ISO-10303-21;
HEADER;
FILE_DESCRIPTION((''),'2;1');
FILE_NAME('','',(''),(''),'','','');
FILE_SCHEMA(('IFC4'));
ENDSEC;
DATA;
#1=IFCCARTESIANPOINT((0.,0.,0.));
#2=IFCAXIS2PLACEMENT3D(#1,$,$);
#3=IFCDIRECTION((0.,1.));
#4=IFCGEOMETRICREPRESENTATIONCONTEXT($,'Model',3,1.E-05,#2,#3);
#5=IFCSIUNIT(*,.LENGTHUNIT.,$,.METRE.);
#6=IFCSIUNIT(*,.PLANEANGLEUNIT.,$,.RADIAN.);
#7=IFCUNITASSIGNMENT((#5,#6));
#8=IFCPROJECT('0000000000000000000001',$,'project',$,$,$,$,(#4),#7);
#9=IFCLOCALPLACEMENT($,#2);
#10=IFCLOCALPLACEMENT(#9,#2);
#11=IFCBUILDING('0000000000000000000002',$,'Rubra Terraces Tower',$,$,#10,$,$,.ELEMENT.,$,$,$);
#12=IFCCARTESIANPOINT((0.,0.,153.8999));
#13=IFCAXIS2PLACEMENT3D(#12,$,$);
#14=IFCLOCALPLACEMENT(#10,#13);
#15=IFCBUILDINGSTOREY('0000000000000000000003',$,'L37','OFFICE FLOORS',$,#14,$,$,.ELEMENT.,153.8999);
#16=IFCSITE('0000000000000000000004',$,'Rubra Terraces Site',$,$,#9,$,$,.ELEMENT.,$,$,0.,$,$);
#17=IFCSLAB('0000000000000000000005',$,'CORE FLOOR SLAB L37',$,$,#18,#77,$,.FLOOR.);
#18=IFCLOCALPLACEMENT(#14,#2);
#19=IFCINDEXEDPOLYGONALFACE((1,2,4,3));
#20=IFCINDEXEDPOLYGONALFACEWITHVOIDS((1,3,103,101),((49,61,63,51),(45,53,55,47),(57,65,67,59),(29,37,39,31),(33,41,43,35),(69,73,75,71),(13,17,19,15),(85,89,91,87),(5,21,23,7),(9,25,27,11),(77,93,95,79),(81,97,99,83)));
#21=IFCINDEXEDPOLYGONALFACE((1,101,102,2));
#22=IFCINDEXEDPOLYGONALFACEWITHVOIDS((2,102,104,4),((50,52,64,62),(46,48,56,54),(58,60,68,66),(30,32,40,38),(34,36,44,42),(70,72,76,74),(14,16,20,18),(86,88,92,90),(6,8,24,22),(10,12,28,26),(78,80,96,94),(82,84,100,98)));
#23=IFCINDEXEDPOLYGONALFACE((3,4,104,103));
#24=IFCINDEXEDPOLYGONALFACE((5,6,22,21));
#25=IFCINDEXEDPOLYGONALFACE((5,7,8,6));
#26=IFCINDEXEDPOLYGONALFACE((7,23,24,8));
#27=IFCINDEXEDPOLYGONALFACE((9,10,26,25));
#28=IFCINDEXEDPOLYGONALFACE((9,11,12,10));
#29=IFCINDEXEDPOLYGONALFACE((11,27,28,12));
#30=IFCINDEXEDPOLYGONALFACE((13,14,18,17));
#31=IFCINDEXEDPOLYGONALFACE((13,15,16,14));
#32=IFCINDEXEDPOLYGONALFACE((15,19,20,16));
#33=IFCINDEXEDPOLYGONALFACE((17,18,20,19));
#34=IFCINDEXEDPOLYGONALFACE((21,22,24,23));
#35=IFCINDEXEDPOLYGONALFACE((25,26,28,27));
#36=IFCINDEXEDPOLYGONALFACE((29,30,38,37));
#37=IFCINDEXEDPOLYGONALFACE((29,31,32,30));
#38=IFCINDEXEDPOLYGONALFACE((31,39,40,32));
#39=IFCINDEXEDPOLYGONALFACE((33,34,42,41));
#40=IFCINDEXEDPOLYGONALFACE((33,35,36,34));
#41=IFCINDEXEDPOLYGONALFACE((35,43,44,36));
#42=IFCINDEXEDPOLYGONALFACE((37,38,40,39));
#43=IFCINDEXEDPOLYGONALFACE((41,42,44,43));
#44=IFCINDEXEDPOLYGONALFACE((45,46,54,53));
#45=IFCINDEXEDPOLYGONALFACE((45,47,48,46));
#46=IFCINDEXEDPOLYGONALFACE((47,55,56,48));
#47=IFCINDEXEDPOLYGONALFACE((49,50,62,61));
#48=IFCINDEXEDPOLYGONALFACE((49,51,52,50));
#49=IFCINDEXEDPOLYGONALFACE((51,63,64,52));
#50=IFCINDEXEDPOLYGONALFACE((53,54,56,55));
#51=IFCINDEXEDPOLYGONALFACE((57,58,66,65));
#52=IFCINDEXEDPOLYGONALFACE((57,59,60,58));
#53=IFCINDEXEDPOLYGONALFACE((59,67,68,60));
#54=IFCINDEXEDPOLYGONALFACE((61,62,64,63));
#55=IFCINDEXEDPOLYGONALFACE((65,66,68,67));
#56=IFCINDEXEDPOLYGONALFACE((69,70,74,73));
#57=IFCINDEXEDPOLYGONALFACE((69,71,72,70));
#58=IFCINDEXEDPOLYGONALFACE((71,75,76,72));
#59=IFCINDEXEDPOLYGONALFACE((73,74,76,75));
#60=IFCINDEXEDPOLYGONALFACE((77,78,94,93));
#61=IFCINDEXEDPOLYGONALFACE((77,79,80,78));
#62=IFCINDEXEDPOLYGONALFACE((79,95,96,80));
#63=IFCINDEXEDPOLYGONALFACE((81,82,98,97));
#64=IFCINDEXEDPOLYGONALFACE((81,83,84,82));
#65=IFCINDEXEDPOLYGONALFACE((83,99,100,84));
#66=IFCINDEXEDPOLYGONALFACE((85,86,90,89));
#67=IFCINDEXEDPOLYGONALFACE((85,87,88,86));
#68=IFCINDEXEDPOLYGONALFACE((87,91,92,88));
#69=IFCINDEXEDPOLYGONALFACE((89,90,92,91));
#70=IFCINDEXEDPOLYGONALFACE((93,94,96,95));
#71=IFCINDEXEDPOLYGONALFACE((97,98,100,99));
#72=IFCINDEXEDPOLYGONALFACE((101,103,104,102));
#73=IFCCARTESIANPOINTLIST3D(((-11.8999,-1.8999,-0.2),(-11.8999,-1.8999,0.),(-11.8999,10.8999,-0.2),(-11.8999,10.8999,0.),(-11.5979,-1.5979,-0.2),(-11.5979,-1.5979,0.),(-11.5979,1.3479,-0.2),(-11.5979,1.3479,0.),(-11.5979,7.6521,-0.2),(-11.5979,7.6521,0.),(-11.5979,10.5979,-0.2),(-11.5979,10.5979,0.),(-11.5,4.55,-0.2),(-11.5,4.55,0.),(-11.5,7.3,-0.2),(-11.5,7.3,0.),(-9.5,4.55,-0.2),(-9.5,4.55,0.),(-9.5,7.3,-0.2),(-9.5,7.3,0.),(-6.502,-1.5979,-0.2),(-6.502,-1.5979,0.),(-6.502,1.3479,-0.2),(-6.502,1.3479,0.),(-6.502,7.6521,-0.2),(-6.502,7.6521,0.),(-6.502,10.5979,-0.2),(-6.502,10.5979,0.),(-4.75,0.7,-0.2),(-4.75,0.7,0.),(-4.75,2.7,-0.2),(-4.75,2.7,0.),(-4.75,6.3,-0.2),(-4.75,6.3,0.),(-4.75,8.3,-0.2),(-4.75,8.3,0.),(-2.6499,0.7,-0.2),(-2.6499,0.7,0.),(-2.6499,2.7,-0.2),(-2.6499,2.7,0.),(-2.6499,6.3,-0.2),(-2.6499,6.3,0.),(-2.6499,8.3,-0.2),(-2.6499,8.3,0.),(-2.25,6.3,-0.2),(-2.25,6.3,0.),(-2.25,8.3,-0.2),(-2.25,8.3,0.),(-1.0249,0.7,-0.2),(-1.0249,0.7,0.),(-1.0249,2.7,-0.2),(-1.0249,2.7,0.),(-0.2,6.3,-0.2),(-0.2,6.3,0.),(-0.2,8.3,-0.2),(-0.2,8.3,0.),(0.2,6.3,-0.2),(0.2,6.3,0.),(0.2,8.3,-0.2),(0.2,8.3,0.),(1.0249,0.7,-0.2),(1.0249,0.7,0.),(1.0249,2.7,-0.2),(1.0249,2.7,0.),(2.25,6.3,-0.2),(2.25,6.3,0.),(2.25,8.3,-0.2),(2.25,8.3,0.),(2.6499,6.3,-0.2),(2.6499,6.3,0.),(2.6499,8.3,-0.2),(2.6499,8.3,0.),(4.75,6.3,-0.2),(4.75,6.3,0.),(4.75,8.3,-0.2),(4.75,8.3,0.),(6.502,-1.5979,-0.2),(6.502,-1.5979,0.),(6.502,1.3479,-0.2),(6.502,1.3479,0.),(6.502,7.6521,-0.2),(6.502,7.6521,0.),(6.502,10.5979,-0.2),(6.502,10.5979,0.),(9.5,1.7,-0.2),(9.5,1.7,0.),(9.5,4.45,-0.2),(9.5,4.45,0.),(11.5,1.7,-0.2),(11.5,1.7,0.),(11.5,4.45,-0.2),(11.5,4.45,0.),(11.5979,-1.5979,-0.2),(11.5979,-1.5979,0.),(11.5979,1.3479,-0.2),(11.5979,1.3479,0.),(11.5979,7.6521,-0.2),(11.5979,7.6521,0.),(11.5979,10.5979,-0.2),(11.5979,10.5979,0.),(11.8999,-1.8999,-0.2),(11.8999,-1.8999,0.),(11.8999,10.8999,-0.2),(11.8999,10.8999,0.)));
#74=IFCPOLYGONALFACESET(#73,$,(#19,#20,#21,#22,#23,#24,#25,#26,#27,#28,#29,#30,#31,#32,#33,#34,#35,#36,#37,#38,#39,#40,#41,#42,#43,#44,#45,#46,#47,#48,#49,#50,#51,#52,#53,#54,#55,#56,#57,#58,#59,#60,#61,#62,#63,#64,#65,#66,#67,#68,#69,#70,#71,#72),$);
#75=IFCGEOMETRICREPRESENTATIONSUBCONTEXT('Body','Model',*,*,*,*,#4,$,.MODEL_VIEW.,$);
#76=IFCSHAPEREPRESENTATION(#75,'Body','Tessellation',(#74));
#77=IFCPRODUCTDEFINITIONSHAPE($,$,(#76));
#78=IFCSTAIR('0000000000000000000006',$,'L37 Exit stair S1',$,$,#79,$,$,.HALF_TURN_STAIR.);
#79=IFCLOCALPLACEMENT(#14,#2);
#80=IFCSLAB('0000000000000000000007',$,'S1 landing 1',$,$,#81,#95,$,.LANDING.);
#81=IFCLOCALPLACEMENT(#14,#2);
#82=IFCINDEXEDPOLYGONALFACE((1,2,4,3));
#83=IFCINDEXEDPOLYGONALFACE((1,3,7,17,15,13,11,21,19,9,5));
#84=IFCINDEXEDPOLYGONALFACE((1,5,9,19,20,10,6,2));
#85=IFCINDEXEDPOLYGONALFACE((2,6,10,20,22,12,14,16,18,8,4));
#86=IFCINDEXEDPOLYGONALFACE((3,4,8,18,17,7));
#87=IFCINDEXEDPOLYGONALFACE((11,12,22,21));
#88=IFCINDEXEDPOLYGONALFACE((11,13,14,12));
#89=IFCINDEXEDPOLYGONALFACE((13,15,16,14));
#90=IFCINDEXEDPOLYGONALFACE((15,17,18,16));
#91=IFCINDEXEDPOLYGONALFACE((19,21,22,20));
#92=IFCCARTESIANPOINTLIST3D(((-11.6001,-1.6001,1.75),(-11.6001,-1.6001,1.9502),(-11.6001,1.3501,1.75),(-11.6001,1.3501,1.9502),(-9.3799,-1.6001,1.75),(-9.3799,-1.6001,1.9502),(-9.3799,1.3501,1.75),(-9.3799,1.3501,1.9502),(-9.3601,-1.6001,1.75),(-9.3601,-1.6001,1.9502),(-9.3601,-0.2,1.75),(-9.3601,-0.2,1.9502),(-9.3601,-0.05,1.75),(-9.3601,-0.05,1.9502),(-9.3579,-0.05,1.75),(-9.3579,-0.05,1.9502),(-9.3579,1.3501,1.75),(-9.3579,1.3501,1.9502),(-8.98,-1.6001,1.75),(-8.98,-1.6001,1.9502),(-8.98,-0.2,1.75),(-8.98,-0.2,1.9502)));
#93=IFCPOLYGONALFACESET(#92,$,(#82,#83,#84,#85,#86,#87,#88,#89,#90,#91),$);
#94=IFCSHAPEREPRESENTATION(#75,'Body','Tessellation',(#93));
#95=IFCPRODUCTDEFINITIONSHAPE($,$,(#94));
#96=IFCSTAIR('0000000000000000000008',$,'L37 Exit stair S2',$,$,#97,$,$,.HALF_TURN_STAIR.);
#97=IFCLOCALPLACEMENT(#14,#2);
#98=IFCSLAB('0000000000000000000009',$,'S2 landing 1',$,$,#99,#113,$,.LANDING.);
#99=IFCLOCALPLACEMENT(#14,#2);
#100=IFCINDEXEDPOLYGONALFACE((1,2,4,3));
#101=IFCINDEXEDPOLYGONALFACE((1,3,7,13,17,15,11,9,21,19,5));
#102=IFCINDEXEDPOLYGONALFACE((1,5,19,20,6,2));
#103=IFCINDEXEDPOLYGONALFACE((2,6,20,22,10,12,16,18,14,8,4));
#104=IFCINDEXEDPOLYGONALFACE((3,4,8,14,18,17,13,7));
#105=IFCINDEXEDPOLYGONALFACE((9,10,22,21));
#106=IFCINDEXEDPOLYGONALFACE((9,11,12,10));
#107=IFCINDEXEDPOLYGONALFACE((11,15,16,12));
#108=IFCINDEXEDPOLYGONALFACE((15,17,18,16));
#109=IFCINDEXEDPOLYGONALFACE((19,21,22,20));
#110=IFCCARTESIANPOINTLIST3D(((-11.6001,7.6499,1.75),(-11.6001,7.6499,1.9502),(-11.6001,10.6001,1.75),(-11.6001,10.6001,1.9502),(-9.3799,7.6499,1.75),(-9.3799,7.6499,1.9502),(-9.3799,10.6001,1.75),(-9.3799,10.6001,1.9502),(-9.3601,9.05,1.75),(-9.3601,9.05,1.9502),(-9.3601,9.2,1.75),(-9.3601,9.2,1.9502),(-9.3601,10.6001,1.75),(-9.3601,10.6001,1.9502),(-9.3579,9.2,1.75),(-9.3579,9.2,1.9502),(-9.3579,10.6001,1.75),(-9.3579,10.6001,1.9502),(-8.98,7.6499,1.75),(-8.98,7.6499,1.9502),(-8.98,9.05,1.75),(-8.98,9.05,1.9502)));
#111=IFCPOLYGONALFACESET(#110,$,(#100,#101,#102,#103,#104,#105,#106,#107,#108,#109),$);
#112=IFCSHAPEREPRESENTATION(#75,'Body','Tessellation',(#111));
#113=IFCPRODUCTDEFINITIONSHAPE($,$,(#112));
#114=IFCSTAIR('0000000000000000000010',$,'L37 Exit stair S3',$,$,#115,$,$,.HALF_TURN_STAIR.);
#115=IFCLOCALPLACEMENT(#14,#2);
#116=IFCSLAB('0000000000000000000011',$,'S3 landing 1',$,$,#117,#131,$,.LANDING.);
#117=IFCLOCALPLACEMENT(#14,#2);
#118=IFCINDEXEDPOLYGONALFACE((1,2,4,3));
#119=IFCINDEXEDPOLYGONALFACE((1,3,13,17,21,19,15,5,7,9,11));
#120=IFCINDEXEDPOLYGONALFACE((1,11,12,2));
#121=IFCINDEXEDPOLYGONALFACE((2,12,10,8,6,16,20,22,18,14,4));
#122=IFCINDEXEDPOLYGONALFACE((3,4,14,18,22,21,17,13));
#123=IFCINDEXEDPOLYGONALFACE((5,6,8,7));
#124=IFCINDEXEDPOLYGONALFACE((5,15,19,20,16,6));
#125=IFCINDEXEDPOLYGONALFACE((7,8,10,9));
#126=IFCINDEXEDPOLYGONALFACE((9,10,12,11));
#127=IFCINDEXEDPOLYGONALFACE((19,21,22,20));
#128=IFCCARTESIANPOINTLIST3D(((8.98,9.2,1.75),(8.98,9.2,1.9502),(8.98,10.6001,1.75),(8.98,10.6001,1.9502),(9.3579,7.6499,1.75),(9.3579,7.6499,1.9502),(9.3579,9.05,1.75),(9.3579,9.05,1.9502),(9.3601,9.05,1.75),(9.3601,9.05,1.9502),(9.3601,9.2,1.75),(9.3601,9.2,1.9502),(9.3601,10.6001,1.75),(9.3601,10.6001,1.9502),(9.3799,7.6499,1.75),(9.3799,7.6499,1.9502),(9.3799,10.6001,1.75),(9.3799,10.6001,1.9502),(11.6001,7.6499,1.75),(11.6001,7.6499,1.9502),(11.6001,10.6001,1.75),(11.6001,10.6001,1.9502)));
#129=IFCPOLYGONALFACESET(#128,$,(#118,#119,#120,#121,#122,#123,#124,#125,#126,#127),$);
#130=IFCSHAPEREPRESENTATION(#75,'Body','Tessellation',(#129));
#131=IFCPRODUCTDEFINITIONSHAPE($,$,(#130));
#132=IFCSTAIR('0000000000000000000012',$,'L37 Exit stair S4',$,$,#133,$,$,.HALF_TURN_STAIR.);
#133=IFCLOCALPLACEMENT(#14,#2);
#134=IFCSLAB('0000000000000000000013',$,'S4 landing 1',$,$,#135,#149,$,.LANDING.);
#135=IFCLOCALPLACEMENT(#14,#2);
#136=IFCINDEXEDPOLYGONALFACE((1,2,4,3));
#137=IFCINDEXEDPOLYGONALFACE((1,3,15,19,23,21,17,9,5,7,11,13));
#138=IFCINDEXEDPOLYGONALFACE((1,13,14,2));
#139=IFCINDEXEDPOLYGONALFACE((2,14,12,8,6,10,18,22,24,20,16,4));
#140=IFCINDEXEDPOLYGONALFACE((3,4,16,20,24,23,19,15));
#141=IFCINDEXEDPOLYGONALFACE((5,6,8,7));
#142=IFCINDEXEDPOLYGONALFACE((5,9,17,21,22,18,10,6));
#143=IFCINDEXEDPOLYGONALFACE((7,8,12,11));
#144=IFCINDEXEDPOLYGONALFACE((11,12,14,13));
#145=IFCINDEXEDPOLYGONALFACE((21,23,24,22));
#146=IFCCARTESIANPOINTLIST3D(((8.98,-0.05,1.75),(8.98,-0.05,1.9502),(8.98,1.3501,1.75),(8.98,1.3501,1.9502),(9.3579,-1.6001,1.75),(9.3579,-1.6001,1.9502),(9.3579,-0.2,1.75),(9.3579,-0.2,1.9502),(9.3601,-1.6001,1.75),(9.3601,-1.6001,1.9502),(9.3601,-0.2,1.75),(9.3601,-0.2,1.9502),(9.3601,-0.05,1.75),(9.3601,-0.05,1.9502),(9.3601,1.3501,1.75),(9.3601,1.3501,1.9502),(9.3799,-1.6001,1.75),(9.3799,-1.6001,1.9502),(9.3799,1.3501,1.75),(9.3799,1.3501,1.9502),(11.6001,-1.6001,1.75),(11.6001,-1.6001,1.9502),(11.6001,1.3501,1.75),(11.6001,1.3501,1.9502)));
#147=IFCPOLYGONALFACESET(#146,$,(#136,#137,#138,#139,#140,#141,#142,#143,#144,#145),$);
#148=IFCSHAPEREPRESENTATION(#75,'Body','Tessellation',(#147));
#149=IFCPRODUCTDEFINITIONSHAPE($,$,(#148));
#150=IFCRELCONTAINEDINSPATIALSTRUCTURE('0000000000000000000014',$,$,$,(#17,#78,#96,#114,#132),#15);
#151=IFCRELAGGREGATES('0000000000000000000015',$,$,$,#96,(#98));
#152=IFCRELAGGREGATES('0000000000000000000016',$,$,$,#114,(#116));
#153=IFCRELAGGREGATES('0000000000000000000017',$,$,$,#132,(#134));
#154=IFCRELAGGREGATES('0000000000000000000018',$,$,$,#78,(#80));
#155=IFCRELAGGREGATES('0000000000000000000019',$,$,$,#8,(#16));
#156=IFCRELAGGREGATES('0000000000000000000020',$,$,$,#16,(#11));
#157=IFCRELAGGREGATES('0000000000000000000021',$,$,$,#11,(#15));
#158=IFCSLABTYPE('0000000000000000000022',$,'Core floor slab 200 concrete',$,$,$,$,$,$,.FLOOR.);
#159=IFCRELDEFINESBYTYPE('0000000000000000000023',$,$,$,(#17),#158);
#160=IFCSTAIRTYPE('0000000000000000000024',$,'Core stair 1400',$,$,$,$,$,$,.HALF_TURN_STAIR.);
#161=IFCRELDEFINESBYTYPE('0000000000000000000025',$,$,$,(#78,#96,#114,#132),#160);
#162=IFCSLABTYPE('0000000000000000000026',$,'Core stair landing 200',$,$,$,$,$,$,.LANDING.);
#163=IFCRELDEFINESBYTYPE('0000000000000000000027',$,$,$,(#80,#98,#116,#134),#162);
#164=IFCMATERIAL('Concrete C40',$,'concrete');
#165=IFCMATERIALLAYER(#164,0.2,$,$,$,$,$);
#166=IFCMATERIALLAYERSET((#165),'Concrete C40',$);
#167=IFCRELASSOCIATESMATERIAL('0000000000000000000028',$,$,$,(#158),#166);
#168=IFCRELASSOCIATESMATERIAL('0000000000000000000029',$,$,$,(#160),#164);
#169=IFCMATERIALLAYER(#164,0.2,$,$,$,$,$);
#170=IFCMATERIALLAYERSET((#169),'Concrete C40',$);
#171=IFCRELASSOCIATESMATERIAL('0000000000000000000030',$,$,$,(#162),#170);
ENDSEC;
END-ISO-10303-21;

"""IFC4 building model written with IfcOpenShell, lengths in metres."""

from ifc_helpers import new_model, si_unit, direction, frame, origin, place, context, subcontext, project, spatial, polyline, outline, extrude, material, layer, layer_set, type_object, element, aggregate, save


model = new_model("IFC4")

# Units and contexts
model_context = context("Model", 3, precision=1e-05, world=origin(), true_north=direction((0.0, 1.0)))
body_context = subcontext(model_context, "Body", "Model", "MODEL_VIEW")
ifc_project = project(units=[si_unit("LENGTHUNIT", "METRE"), si_unit("PLANEANGLEUNIT", "RADIAN")], contexts=[model_context])

# Site, building, storey
site_placement = place(None, origin())
site = spatial("IfcSite", under=ifc_project, at=site_placement, Name="Rubra Terraces Site", CompositionType="ELEMENT", RefElevation=0.0)
building_placement = place(site_placement, origin())
building = spatial("IfcBuilding", under=site, at=building_placement, Name="Rubra Terraces Tower", CompositionType="ELEMENT")
storey_placement = place(building_placement, frame((0.0, 0.0, 153.8999)))
storey = spatial("IfcBuildingStorey", under=building, at=storey_placement, Name="L37", Description="OFFICE FLOORS", CompositionType="ELEMENT", Elevation=153.8999)

# Slab
ifc_material_1 = material(Name="Concrete C40", Category="concrete")
ifc_layer_1 = layer(ifc_material_1, 0.2)
ifc_layer_set_1 = layer_set([ifc_layer_1], Name="Concrete C40")
slab_type_1 = type_object("IfcSlabType", Name="Core floor slab 200 concrete", PredefinedType="FLOOR", material=ifc_layer_set_1)
slab_1_placement = place(storey_placement, frame((0.0, 0.0, -0.2)))
element("IfcSlab", 1, at=slab_1_placement, inside=storey, type_object=slab_type_1, Name="CORE FLOOR SLAB L37", PredefinedType="FLOOR", context=body_context, shape_type="SweptSolid", body=[
    extrude(outline(polyline([(-11.8999, -1.8999), (-11.8999, 10.8999), (11.8999, 10.8999), (11.8999, -1.8999), (-11.8999, -1.8999)]), holes=[polyline([(11.5979, 1.3479), (6.502, 1.3479), (6.502, -1.5979), (11.5979, -1.5979), (11.5979, 1.3479)]), polyline([(11.5979, 7.6521), (11.5979, 10.5979), (6.502, 10.5979), (6.502, 7.6521), (11.5979, 7.6521)]), polyline([(9.5, 1.7), (11.5, 1.7), (11.5, 4.45), (9.5, 4.45), (9.5, 1.7)]), polyline([(4.75, 6.3), (4.75, 8.3), (2.6499, 8.3), (2.6499, 6.3), (4.75, 6.3)]), polyline([(2.25, 8.3), (0.2, 8.3), (0.2, 6.3), (2.25, 6.3), (2.25, 8.3)]), polyline([(1.0249, 0.7), (1.0249, 2.7), (-1.0249, 2.7), (-1.0249, 0.7), (1.0249, 0.7)]), polyline([(-0.2, 6.3), (-0.2, 8.3), (-2.25, 8.3), (-2.25, 6.3), (-0.2, 6.3)]), polyline([(-4.75, 8.3), (-4.75, 6.3), (-2.6499, 6.3), (-2.6499, 8.3), (-4.75, 8.3)]), polyline([(-2.6499, 0.7), (-2.6499, 2.7), (-4.75, 2.7), (-4.75, 0.7), (-2.6499, 0.7)]), polyline([(-11.5979, -1.5979), (-6.502, -1.5979), (-6.502, 1.3479), (-11.5979, 1.3479), (-11.5979, -1.5979)]), polyline([(-11.5979, 10.5979), (-11.5979, 7.6521), (-6.502, 7.6521), (-6.502, 10.5979), (-11.5979, 10.5979)]), polyline([(-9.5, 4.55), (-9.5, 7.3), (-11.5, 7.3), (-11.5, 4.55), (-9.5, 4.55)])]), origin(), (0.0, 0.0, 1.0), 0.2),
])

# Stairs, slabs
stair_type = type_object("IfcStairType", Name="Core stair 1400", PredefinedType="HALF_TURN_STAIR", material=ifc_material_1)
stair_1_placement = place(storey_placement, origin())
stair_1 = element("IfcStair", 2, at=stair_1_placement, inside=storey, type_object=stair_type, Name="L37 Exit stair S1", PredefinedType="HALF_TURN_STAIR")
ifc_layer_2 = layer(ifc_material_1, 0.2)
ifc_layer_set_2 = layer_set([ifc_layer_2], Name="Concrete C40")
slab_type_2 = type_object("IfcSlabType", Name="Core stair landing 200", PredefinedType="LANDING", material=ifc_layer_set_2)
slab_2_placement = place(storey_placement, frame((0.0, 0.0, 1.75)))
slab_2 = element("IfcSlab", 3, at=slab_2_placement, type_object=slab_type_2, Name="S1 landing 1", PredefinedType="LANDING", context=body_context, shape_type="SweptSolid", body=[
    extrude(outline(polyline([(-8.98, -0.2), (-8.98, -1.6001), (-9.3601, -1.6001), (-9.3799, -1.6001), (-11.6001, -1.6001), (-11.6001, 1.3501), (-9.3799, 1.3501), (-9.3579, 1.3501), (-9.3579, -0.05), (-9.3601, -0.05), (-9.3601, -0.2), (-8.98, -0.2)])), origin(), (0.0, 0.0, 1.0), 0.2002),
])
stair_2_placement = place(storey_placement, origin())
stair_2 = element("IfcStair", 4, at=stair_2_placement, inside=storey, type_object=stair_type, Name="L37 Exit stair S2", PredefinedType="HALF_TURN_STAIR")
slab_3_placement = place(storey_placement, frame((0.0, 0.0, 1.75)))
slab_3 = element("IfcSlab", 5, at=slab_3_placement, type_object=slab_type_2, Name="S2 landing 1", PredefinedType="LANDING", context=body_context, shape_type="SweptSolid", body=[
    extrude(outline(polyline([(-8.98, 9.05), (-8.98, 7.6499), (-9.3799, 7.6499), (-11.6001, 7.6499), (-11.6001, 10.6001), (-9.3799, 10.6001), (-9.3601, 10.6001), (-9.3579, 10.6001), (-9.3579, 9.2), (-9.3601, 9.2), (-9.3601, 9.05), (-8.98, 9.05)])), origin(), (0.0, 0.0, 1.0), 0.2002),
])
aggregate(stair_2, [slab_3])
stair_3_placement = place(storey_placement, origin())
stair_3 = element("IfcStair", 6, at=stair_3_placement, inside=storey, type_object=stair_type, Name="L37 Exit stair S3", PredefinedType="HALF_TURN_STAIR")
slab_4_placement = place(storey_placement, frame((0.0, 0.0, 1.75)))
slab_4 = element("IfcSlab", 7, at=slab_4_placement, type_object=slab_type_2, Name="S3 landing 1", PredefinedType="LANDING", context=body_context, shape_type="SweptSolid", body=[
    extrude(outline(polyline([(9.3601, 9.05), (9.3601, 9.2), (8.98, 9.2), (8.98, 10.6001), (9.3601, 10.6001), (9.3799, 10.6001), (11.6001, 10.6001), (11.6001, 7.6499), (9.3799, 7.6499), (9.3579, 7.6499), (9.3579, 9.05), (9.3601, 9.05)])), origin(), (0.0, 0.0, 1.0), 0.2002),
])
aggregate(stair_3, [slab_4])
stair_4_placement = place(storey_placement, origin())
stair_4 = element("IfcStair", 8, at=stair_4_placement, inside=storey, type_object=stair_type, Name="L37 Exit stair S4", PredefinedType="HALF_TURN_STAIR")
slab_5_placement = place(storey_placement, frame((0.0, 0.0, 1.75)))
slab_5 = element("IfcSlab", 9, at=slab_5_placement, type_object=slab_type_2, Name="S4 landing 1", PredefinedType="LANDING", context=body_context, shape_type="SweptSolid", body=[
    extrude(outline(polyline([(9.3601, -0.2), (9.3601, -0.05), (8.98, -0.05), (8.98, 1.3501), (9.3601, 1.3501), (9.3799, 1.3501), (11.6001, 1.3501), (11.6001, -1.6001), (9.3799, -1.6001), (9.3601, -1.6001), (9.3579, -1.6001), (9.3579, -0.2), (9.3601, -0.2)])), origin(), (0.0, 0.0, 1.0), 0.2002),
])
aggregate(stair_4, [slab_5])

aggregate(stair_1, [slab_2])

save(model, "model.ifc")
